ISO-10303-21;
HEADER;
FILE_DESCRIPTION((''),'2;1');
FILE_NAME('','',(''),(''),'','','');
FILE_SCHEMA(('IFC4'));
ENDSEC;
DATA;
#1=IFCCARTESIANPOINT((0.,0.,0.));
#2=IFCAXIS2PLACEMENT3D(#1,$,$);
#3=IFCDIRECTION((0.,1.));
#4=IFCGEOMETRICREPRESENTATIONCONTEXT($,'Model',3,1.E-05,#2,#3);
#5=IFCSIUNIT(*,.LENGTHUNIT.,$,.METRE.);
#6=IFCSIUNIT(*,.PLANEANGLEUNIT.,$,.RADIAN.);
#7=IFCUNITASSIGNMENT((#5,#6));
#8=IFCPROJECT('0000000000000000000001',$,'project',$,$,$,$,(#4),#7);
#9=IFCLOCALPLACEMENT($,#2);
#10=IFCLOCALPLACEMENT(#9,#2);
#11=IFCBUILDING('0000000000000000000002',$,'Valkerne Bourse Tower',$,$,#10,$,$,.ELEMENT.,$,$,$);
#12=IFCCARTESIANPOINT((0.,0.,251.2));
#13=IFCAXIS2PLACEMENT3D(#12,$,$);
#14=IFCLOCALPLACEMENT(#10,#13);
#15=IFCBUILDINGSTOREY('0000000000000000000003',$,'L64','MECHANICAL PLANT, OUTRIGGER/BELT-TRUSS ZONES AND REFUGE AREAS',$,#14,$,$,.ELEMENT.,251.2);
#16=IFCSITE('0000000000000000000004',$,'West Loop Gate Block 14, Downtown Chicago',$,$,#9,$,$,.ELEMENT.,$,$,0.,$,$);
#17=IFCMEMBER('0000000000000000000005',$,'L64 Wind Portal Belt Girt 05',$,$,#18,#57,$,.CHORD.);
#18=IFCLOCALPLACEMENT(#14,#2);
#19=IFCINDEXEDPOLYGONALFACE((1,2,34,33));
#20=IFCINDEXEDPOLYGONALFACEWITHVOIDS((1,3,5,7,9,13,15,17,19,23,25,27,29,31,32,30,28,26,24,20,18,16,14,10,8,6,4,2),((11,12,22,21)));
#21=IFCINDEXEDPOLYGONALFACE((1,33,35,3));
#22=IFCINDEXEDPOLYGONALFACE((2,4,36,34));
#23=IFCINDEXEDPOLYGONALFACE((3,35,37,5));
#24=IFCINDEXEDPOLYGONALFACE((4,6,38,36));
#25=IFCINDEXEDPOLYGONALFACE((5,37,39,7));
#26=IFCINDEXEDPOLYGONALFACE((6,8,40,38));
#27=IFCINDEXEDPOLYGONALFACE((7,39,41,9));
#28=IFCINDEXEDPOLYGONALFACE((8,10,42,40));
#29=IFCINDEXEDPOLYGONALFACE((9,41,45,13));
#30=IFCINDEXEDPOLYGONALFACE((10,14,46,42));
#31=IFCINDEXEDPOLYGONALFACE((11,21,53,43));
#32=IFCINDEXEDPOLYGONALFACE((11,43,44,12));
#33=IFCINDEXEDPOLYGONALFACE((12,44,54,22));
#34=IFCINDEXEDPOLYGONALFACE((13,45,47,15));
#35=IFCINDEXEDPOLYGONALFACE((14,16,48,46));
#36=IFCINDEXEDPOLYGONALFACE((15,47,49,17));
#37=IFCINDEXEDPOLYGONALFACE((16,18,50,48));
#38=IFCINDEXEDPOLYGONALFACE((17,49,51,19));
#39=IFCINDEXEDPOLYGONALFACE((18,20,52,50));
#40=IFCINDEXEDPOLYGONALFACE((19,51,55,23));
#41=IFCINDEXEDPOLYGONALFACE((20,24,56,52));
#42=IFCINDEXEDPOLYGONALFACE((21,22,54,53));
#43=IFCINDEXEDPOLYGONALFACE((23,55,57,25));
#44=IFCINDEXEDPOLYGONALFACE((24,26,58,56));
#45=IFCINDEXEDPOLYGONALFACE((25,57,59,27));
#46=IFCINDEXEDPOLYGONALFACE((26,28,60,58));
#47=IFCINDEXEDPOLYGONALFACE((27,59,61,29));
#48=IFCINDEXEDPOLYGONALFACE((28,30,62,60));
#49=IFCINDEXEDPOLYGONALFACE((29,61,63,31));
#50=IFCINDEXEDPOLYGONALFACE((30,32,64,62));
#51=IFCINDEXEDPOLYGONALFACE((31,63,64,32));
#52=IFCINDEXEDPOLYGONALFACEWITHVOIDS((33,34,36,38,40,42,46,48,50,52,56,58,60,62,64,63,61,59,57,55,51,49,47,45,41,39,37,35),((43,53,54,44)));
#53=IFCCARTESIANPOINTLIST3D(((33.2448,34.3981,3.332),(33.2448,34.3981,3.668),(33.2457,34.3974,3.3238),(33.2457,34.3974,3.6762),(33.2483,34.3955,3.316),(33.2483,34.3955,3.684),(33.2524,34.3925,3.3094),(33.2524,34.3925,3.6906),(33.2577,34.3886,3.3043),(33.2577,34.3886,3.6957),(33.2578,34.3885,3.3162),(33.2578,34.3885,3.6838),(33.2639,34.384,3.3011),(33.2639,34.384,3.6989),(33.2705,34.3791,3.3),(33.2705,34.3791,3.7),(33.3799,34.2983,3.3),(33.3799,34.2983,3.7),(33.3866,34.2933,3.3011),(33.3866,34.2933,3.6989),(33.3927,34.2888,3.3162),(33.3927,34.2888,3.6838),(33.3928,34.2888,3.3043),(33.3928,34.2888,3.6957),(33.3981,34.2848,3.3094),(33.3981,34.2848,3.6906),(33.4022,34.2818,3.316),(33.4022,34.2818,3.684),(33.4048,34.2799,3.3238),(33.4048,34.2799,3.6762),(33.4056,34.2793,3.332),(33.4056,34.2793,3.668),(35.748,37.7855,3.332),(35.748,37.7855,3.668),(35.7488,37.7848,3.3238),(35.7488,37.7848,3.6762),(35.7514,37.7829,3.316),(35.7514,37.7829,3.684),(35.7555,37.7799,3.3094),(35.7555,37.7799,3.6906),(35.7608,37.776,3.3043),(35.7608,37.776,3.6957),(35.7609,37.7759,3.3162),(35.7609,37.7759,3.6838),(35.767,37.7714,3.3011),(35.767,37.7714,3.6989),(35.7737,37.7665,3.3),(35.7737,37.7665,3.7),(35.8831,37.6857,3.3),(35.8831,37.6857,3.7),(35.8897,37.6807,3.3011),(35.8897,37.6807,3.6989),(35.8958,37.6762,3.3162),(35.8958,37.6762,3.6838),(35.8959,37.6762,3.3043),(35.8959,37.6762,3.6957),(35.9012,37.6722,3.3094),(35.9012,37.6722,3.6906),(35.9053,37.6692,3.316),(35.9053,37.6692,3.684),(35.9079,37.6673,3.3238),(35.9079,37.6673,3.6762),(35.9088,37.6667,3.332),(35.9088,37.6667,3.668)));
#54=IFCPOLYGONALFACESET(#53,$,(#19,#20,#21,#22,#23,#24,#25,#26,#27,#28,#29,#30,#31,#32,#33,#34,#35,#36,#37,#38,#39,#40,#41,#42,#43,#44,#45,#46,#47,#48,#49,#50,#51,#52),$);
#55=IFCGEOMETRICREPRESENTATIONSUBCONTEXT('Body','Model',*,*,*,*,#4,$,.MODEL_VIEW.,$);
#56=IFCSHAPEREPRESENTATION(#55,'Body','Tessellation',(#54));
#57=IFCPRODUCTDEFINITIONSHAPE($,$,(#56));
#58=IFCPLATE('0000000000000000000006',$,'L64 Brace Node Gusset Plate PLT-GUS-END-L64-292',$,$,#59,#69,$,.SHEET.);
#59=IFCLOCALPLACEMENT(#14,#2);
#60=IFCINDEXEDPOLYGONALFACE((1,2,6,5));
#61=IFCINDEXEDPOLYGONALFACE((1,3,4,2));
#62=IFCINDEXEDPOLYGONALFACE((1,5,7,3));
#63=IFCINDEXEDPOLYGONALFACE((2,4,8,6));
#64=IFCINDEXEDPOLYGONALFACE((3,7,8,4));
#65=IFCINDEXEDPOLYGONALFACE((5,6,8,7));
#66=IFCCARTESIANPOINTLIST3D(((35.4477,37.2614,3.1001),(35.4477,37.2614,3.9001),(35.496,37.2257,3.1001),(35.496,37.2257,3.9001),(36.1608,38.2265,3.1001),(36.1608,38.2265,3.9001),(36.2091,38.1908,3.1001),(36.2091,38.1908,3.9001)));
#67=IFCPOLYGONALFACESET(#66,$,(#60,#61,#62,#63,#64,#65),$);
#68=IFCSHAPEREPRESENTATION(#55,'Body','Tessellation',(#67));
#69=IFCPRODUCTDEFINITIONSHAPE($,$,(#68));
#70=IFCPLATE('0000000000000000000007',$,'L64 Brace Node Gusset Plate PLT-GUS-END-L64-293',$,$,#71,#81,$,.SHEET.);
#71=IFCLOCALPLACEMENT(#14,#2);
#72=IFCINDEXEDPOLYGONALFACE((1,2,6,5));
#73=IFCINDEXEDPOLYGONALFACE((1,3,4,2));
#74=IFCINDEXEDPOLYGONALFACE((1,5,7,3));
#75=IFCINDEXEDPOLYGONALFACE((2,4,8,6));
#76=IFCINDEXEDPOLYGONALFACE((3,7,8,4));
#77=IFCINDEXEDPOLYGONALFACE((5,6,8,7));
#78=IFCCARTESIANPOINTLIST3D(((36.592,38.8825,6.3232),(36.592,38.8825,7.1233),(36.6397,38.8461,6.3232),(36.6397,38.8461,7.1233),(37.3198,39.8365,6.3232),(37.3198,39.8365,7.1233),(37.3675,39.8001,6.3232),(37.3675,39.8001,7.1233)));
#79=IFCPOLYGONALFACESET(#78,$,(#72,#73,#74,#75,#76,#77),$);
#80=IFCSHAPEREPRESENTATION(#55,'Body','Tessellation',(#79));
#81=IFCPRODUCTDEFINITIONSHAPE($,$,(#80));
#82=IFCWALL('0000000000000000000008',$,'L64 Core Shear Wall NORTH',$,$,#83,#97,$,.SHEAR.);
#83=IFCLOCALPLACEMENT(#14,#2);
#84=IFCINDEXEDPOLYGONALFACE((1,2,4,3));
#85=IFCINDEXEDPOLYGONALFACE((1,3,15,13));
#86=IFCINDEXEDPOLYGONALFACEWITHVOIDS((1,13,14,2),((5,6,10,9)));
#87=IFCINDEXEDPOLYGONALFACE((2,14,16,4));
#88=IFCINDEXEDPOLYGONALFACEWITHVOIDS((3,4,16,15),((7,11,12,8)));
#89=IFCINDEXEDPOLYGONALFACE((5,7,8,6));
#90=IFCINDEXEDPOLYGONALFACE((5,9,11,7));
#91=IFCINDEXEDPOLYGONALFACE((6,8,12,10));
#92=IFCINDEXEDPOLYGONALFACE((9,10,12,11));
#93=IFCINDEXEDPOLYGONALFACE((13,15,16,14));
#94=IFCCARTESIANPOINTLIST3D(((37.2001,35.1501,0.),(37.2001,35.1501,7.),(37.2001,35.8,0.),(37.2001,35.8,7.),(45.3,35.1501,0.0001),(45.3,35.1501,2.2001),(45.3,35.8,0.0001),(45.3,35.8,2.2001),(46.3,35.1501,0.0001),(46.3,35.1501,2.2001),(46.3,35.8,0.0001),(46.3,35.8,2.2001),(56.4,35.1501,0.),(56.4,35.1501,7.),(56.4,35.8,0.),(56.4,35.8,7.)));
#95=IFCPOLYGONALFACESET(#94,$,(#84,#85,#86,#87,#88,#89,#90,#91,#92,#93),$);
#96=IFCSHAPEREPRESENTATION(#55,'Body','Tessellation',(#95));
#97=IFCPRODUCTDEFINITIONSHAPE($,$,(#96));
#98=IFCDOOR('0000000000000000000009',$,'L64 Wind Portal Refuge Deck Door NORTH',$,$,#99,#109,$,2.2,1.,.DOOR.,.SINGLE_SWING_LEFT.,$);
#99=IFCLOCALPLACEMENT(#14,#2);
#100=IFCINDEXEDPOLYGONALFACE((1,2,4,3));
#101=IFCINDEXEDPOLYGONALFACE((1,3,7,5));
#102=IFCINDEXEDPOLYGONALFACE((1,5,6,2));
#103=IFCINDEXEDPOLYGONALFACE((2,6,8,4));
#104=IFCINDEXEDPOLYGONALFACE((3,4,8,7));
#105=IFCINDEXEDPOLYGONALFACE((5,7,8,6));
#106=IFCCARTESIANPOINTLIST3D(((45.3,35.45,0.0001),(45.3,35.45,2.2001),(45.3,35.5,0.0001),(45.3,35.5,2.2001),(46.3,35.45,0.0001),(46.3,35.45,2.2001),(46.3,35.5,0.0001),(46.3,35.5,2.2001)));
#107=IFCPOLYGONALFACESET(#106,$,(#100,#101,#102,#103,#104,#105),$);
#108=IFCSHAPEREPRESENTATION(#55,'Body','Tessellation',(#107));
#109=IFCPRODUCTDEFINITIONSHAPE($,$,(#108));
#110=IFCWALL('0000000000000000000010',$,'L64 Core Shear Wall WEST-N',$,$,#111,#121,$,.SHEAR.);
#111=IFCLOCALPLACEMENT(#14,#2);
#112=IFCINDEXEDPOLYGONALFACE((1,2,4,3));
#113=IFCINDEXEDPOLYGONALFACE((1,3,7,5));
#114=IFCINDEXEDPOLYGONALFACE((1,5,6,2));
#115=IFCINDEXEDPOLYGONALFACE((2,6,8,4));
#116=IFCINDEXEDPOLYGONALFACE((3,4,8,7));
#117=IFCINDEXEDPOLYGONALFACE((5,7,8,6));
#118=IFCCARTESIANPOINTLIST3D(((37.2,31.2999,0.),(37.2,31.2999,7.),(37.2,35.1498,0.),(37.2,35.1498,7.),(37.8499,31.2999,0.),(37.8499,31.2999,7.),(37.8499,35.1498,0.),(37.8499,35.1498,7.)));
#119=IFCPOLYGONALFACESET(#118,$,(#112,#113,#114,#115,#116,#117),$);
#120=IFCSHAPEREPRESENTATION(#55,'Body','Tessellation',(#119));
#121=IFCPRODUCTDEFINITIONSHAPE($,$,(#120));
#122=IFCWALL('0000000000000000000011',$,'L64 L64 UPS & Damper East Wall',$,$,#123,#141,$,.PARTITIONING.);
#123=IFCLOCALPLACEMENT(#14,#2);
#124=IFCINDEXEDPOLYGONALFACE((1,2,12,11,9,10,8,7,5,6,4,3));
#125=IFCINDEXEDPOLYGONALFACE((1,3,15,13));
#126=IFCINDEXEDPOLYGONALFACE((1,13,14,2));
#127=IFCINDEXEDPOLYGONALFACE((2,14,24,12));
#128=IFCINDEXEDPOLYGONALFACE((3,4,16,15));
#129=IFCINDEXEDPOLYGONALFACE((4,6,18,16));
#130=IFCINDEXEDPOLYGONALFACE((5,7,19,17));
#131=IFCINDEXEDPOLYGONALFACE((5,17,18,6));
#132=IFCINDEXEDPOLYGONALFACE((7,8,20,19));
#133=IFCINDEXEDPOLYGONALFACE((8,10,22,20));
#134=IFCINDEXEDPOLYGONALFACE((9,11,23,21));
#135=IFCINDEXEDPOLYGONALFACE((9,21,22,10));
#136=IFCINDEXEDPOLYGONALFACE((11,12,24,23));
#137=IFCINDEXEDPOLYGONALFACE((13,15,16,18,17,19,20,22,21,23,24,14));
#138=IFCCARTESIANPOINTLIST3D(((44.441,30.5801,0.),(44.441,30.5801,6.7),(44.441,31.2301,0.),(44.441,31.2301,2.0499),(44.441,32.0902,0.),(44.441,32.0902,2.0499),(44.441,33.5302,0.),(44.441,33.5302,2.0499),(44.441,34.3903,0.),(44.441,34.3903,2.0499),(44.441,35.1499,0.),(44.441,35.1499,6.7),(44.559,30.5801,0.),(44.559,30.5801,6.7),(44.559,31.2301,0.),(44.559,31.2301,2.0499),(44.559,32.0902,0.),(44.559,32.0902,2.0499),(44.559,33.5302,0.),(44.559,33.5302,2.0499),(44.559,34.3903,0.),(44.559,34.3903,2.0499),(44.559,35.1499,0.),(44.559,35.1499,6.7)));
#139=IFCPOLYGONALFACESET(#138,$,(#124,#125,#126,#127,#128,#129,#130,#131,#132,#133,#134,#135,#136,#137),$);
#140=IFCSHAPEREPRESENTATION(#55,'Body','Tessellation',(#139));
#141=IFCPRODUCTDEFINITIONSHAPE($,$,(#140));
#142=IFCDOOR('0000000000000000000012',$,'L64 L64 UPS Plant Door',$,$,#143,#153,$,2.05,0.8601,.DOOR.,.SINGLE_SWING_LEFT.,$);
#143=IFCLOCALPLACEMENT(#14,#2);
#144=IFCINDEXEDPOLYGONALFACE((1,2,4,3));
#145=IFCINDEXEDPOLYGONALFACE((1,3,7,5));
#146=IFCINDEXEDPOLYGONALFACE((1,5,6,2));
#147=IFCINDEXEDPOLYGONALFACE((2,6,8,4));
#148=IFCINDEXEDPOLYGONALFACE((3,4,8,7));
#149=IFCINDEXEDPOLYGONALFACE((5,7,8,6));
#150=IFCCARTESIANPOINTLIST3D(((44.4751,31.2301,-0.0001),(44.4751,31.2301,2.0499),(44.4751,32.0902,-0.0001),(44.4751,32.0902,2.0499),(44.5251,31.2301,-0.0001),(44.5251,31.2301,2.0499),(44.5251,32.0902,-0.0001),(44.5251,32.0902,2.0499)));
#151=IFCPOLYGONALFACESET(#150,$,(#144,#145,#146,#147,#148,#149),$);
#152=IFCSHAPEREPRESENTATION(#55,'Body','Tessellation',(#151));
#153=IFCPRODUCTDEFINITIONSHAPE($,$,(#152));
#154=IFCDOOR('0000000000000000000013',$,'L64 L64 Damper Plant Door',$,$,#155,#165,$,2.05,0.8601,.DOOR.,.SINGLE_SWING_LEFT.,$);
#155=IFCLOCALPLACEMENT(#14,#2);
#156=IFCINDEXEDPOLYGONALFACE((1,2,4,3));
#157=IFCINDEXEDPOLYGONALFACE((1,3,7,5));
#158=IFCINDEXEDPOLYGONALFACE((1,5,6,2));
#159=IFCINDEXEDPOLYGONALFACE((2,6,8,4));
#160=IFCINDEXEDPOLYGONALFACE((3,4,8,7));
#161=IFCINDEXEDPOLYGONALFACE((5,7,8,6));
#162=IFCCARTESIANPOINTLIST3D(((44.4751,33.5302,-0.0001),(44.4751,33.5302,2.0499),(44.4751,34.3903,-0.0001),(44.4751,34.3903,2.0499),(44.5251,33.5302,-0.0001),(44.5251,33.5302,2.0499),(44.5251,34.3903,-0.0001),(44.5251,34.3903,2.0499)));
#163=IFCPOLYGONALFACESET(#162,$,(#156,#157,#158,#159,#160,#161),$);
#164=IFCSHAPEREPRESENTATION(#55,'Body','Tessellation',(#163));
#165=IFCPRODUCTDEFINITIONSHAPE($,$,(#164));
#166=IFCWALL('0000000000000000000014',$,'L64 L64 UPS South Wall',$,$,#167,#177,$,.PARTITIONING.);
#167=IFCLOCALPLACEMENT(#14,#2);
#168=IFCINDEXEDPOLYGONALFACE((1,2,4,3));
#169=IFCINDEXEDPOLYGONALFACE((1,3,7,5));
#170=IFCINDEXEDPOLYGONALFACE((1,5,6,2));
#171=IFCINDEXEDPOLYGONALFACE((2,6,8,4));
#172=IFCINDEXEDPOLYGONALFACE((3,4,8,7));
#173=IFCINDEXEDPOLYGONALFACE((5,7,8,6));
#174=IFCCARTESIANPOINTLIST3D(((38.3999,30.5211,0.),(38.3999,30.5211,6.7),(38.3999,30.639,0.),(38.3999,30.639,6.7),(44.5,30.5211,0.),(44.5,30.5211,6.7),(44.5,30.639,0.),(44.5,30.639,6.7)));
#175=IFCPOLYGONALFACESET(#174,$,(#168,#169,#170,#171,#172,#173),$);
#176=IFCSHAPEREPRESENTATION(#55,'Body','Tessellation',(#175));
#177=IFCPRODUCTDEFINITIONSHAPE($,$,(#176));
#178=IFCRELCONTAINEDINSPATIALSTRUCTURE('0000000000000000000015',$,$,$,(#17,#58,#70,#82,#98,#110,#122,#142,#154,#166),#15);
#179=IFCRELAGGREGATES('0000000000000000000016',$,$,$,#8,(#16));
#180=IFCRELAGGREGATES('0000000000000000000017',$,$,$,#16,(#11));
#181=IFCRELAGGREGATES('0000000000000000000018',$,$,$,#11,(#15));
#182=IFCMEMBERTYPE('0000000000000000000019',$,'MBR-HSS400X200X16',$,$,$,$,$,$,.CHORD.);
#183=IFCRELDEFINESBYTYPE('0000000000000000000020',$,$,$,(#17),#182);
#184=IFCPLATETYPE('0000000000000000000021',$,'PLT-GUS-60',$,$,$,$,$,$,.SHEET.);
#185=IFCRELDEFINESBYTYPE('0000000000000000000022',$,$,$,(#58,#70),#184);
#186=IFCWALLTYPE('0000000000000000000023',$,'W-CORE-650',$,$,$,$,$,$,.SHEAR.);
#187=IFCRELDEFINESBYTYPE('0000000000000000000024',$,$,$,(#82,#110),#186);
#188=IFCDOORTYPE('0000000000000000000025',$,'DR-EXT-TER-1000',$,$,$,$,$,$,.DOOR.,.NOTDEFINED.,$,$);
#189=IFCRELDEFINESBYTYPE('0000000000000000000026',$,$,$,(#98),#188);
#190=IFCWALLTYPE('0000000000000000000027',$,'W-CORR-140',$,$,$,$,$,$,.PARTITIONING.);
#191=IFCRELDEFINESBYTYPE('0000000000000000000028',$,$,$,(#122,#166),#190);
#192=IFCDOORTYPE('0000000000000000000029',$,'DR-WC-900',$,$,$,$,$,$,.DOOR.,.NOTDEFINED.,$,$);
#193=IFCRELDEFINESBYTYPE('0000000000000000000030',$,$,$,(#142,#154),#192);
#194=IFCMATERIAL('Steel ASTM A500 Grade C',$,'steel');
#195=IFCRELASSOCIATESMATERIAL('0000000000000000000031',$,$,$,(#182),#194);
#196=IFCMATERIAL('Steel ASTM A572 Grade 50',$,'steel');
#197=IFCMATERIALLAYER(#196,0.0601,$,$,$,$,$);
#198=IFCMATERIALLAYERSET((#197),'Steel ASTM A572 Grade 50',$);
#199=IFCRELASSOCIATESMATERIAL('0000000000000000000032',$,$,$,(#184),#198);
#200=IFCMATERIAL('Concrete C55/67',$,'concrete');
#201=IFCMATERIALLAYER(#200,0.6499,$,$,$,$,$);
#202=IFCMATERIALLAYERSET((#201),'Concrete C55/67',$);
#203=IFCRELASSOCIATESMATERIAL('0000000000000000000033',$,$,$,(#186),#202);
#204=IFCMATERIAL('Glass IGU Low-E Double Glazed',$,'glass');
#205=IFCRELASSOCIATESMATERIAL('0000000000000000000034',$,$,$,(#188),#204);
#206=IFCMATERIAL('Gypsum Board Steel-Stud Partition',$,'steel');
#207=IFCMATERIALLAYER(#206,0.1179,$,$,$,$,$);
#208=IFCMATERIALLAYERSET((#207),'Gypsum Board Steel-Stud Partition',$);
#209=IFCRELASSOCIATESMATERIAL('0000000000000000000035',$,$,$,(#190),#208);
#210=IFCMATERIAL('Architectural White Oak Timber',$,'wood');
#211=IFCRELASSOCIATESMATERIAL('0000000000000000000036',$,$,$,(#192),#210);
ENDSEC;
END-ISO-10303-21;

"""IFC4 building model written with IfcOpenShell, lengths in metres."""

from ifc_helpers import new_model, si_unit, direction, frame, frame_2d, origin, origin_2d, place, context, subcontext, project, spatial, rectangle, hollow_rectangle, extrude, material, layer, layer_set, material_profile, profile_set, type_object, element, fill, save


model = new_model("IFC4")

# Units and contexts
model_context = context("Model", 3, precision=1e-05, world=origin(), true_north=direction((0.0, 1.0)))
body_context = subcontext(model_context, "Body", "Model", "MODEL_VIEW")
ifc_project = project(units=[si_unit("LENGTHUNIT", "METRE"), si_unit("PLANEANGLEUNIT", "RADIAN")], contexts=[model_context])

# Site, building, storey
site_placement = place(None, origin())
site = spatial("IfcSite", under=ifc_project, at=site_placement, Name="West Loop Gate Block 14, Downtown Chicago", CompositionType="ELEMENT", RefElevation=0.0)
building_placement = place(site_placement, origin())
building = spatial("IfcBuilding", under=site, at=building_placement, Name="Valkerne Bourse Tower", CompositionType="ELEMENT")
storey_placement = place(building_placement, frame((0.0, 0.0, 251.2)))
storey = spatial("IfcBuildingStorey", under=building, at=storey_placement, Name="L64", Description="MECHANICAL PLANT, OUTRIGGER/BELT-TRUSS ZONES AND REFUGE AREAS", CompositionType="ELEMENT", Elevation=251.2)

# Member
ifc_material_1 = material(Name="Steel ASTM A500 Grade C", Category="steel")
ifc_material_profile_1 = material_profile(ifc_material_1, hollow_rectangle(XDim=0.2, YDim=0.3999, WallThickness=0.0161, OuterFilletRadius=0.032, at=origin_2d()), Name="HSS400X200X16")
ifc_profile_set_1 = profile_set([ifc_material_profile_1], Name="Steel ASTM A500 Grade C")
member_type_1 = type_object("IfcMemberType", Name="MBR-HSS400X200X16", PredefinedType="CHORD", material=ifc_profile_set_1)
member_1_placement = place(storey_placement, frame((35.8284, 37.7261, 3.5), z_axis=(-0.5943, -0.804244, 0.0), x_axis=(0.804244, -0.5943, 0.0)))
element("IfcMember", 1, at=member_1_placement, inside=storey, type_object=member_type_1, Name="L64 Wind Portal Belt Girt 05", PredefinedType="CHORD", context=body_context, shape_type="SweptSolid", body=[
    extrude(hollow_rectangle(XDim=0.2, YDim=0.3999, WallThickness=0.0161, OuterFilletRadius=0.032, at=origin_2d()), origin(), (0.0, 0.0, 1.0), 4.2119),
])

# Plates
ifc_material_2 = material(Name="Steel ASTM A572 Grade 50", Category="steel")
ifc_layer_1 = layer(ifc_material_2, 0.0601)
ifc_layer_set_1 = layer_set([ifc_layer_1], Name="Steel ASTM A572 Grade 50")
plate_type = type_object("IfcPlateType", Name="PLT-GUS-60", PredefinedType="SHEET", material=ifc_layer_set_1)
for number, where, z_axis, x_axis, name in (
    (2, (35.8284, 37.7261, 3.1001), (0.0, 0.0, 1.0), (-0.594261, -0.804272, 0.0), "L64 Brace Node Gusset Plate PLT-GUS-END-L64-292"),
    (3, (36.9797, 39.3413, 6.3232), (0.0, 0.0, 1.0), (-0.606544, -0.79505, 0.0), "L64 Brace Node Gusset Plate PLT-GUS-END-L64-293"),
):
    element("IfcPlate", number, at=place(storey_placement, frame(where, z_axis=z_axis, x_axis=x_axis)), inside=storey, type_object=plate_type, Name=name, PredefinedType="SHEET", context=body_context, shape_type="SweptSolid", body=[
        extrude(rectangle(XDim=1.2, YDim=0.0601, at=origin_2d()), origin(), (0.0, 0.0, 1.0), 0.8),
    ])

# Wall, opening, door
ifc_material_3 = material(Name="Concrete C55/67", Category="concrete")
ifc_layer_2 = layer(ifc_material_3, 0.6499)
ifc_layer_set_2 = layer_set([ifc_layer_2], Name="Concrete C55/67")
wall_type_1 = type_object("IfcWallType", Name="W-CORE-650", PredefinedType="SHEAR", material=ifc_layer_set_2)
wall_1_placement = place(storey_placement, frame((37.2, 35.4751, 0.0), z_axis=(0.0, 0.0, 1.0), x_axis=(1.0, 0.0, 0.0)))
wall_1 = element("IfcWall", 4, at=wall_1_placement, inside=storey, type_object=wall_type_1, Name="L64 Core Shear Wall NORTH", PredefinedType="SHEAR", context=body_context, shape_type="SweptSolid", body=[
    extrude(rectangle(XDim=19.2, YDim=0.6499, at=frame_2d((9.6001, 0.0))), origin(), (0.0, 0.0, 1.0), 7.0),
])
opening_1_placement = place(wall_1_placement, frame((8.1001, 0.0, 0.0)))
opening_1 = element("IfcOpeningElement", 5, at=opening_1_placement, cuts=wall_1, PredefinedType="OPENING", context=body_context, shape_type="SweptSolid", body=[
    extrude(rectangle(XDim=1.0, YDim=2.2, at=frame_2d((0.5, 1.1001))), frame((0.0, 0.335, 0.0), z_axis=(0.0, -1.0, 0.0), x_axis=(1.0, 0.0, 0.0)), (0.0, 0.0, 1.0), 0.6699),
])
ifc_material_4 = material(Name="Glass IGU Low-E Double Glazed", Category="glass")
door_type_1 = type_object("IfcDoorType", Name="DR-EXT-TER-1000", OperationType="NOTDEFINED", PredefinedType="DOOR", material=ifc_material_4)
door_1_placement = place(opening_1_placement, origin())
door_1 = element("IfcDoor", 6, at=door_1_placement, inside=storey, type_object=door_type_1, Name="L64 Wind Portal Refuge Deck Door NORTH", OperationType="SINGLE_SWING_LEFT", OverallHeight=2.2, OverallWidth=1.0, PredefinedType="DOOR", context=body_context, shape_type="SweptSolid", body=[
    extrude(rectangle(XDim=1.0, YDim=2.2, at=frame_2d((0.5, 1.1001))), frame((0.0, 0.0249, 0.0), z_axis=(0.0, -1.0, 0.0), x_axis=(1.0, 0.0, 0.0)), (0.0, 0.0, 1.0), 0.05),
])
fill(opening_1, door_1)

# Wall
wall_2_placement = place(storey_placement, frame((37.5249, 31.3, 0.0), z_axis=(0.0, 0.0, 1.0), x_axis=(0.0, 1.0, 0.0)))
element("IfcWall", 7, at=wall_2_placement, inside=storey, type_object=wall_type_1, Name="L64 Core Shear Wall WEST-N", PredefinedType="SHEAR", context=body_context, shape_type="SweptSolid", body=[
    extrude(rectangle(XDim=3.8499, YDim=0.6499, at=frame_2d((1.9248, 0.0))), origin(), (0.0, 0.0, 1.0), 7.0),
])

# Wall, openings, doors
ifc_material_5 = material(Name="Gypsum Board Steel-Stud Partition", Category="steel")
ifc_layer_3 = layer(ifc_material_5, 0.1179)
ifc_layer_set_3 = layer_set([ifc_layer_3], Name="Gypsum Board Steel-Stud Partition")
wall_type_2 = type_object("IfcWallType", Name="W-CORR-140", PredefinedType="PARTITIONING", material=ifc_layer_set_3)
wall_3_placement = place(storey_placement, frame((44.5, 30.5801, 0.0), z_axis=(0.0, 0.0, 1.0), x_axis=(0.0, 1.0, 0.0)))
wall_3 = element("IfcWall", 8, at=wall_3_placement, inside=storey, type_object=wall_type_2, Name="L64 L64 UPS & Damper East Wall", PredefinedType="PARTITIONING", context=body_context, shape_type="SweptSolid", body=[
    extrude(rectangle(XDim=4.5698, YDim=0.1179, at=frame_2d((2.2849, 0.0))), origin(), (0.0, 0.0, 1.0), 6.7),
])
opening_2_placement = place(wall_3_placement, frame((0.6499, 0.0, 0.0)))
opening_2 = element("IfcOpeningElement", 9, at=opening_2_placement, cuts=wall_3, PredefinedType="OPENING", context=body_context, shape_type="SweptSolid", body=[
    extrude(rectangle(XDim=0.8601, YDim=2.05, at=frame_2d((0.4302, 1.0249))), frame((0.0, 0.0688, 0.0), z_axis=(0.0, -1.0, 0.0), x_axis=(1.0, 0.0, 0.0)), (0.0, 0.0, 1.0), 0.1379),
])
opening_3_placement = place(wall_3_placement, frame((2.95, 0.0, 0.0)))
opening_3 = element("IfcOpeningElement", 10, at=opening_3_placement, cuts=wall_3, PredefinedType="OPENING", context=body_context, shape_type="SweptSolid", body=[
    extrude(rectangle(XDim=0.8601, YDim=2.05, at=frame_2d((0.4302, 1.0249))), frame((0.0, 0.0688, 0.0), z_axis=(0.0, -1.0, 0.0), x_axis=(1.0, 0.0, 0.0)), (0.0, 0.0, 1.0), 0.1379),
])
ifc_material_6 = material(Name="Architectural White Oak Timber", Category="wood")
door_type_2 = type_object("IfcDoorType", Name="DR-WC-900", OperationType="NOTDEFINED", PredefinedType="DOOR", material=ifc_material_6)
door_2_placement = place(opening_2_placement, origin())
door_2 = element("IfcDoor", 11, at=door_2_placement, inside=storey, type_object=door_type_2, Name="L64 L64 UPS Plant Door", OperationType="SINGLE_SWING_LEFT", OverallHeight=2.05, OverallWidth=0.8601, PredefinedType="DOOR", context=body_context, shape_type="SweptSolid", body=[
    extrude(rectangle(XDim=0.8601, YDim=2.05, at=frame_2d((0.4302, 1.0249))), frame((0.0, 0.0249, 0.0), z_axis=(0.0, -1.0, 0.0), x_axis=(1.0, 0.0, 0.0)), (0.0, 0.0, 1.0), 0.05),
])
fill(opening_2, door_2)
door_3_placement = place(opening_3_placement, origin())
door_3 = element("IfcDoor", 12, at=door_3_placement, inside=storey, type_object=door_type_2, Name="L64 L64 Damper Plant Door", OperationType="SINGLE_SWING_LEFT", OverallHeight=2.05, OverallWidth=0.8601, PredefinedType="DOOR", context=body_context, shape_type="SweptSolid", body=[
    extrude(rectangle(XDim=0.8601, YDim=2.05, at=frame_2d((0.4302, 1.0249))), frame((0.0, 0.0249, 0.0), z_axis=(0.0, -1.0, 0.0), x_axis=(1.0, 0.0, 0.0)), (0.0, 0.0, 1.0), 0.05),
])
fill(opening_3, door_3)

# Wall
for number, where, z_axis, x_axis, name in (
    (13, (38.3999, 30.5801, 0.0), (0.0, 0.0, 1.0), (1.0, 0.0, 0.0), "L64 L64 UPS South Wall"),
):
    element("IfcWall", number, at=place(storey_placement, frame(where, z_axis=z_axis, x_axis=x_axis)), inside=storey, type_object=wall_type_2, Name=name, PredefinedType="PARTITIONING", context=body_context, shape_type="SweptSolid", body=[
        extrude(rectangle(XDim=6.1001, YDim=0.1179, at=frame_2d((3.05, 0.0))), origin(), (0.0, 0.0, 1.0), 6.7),
    ])

save(model, "model.ifc")
